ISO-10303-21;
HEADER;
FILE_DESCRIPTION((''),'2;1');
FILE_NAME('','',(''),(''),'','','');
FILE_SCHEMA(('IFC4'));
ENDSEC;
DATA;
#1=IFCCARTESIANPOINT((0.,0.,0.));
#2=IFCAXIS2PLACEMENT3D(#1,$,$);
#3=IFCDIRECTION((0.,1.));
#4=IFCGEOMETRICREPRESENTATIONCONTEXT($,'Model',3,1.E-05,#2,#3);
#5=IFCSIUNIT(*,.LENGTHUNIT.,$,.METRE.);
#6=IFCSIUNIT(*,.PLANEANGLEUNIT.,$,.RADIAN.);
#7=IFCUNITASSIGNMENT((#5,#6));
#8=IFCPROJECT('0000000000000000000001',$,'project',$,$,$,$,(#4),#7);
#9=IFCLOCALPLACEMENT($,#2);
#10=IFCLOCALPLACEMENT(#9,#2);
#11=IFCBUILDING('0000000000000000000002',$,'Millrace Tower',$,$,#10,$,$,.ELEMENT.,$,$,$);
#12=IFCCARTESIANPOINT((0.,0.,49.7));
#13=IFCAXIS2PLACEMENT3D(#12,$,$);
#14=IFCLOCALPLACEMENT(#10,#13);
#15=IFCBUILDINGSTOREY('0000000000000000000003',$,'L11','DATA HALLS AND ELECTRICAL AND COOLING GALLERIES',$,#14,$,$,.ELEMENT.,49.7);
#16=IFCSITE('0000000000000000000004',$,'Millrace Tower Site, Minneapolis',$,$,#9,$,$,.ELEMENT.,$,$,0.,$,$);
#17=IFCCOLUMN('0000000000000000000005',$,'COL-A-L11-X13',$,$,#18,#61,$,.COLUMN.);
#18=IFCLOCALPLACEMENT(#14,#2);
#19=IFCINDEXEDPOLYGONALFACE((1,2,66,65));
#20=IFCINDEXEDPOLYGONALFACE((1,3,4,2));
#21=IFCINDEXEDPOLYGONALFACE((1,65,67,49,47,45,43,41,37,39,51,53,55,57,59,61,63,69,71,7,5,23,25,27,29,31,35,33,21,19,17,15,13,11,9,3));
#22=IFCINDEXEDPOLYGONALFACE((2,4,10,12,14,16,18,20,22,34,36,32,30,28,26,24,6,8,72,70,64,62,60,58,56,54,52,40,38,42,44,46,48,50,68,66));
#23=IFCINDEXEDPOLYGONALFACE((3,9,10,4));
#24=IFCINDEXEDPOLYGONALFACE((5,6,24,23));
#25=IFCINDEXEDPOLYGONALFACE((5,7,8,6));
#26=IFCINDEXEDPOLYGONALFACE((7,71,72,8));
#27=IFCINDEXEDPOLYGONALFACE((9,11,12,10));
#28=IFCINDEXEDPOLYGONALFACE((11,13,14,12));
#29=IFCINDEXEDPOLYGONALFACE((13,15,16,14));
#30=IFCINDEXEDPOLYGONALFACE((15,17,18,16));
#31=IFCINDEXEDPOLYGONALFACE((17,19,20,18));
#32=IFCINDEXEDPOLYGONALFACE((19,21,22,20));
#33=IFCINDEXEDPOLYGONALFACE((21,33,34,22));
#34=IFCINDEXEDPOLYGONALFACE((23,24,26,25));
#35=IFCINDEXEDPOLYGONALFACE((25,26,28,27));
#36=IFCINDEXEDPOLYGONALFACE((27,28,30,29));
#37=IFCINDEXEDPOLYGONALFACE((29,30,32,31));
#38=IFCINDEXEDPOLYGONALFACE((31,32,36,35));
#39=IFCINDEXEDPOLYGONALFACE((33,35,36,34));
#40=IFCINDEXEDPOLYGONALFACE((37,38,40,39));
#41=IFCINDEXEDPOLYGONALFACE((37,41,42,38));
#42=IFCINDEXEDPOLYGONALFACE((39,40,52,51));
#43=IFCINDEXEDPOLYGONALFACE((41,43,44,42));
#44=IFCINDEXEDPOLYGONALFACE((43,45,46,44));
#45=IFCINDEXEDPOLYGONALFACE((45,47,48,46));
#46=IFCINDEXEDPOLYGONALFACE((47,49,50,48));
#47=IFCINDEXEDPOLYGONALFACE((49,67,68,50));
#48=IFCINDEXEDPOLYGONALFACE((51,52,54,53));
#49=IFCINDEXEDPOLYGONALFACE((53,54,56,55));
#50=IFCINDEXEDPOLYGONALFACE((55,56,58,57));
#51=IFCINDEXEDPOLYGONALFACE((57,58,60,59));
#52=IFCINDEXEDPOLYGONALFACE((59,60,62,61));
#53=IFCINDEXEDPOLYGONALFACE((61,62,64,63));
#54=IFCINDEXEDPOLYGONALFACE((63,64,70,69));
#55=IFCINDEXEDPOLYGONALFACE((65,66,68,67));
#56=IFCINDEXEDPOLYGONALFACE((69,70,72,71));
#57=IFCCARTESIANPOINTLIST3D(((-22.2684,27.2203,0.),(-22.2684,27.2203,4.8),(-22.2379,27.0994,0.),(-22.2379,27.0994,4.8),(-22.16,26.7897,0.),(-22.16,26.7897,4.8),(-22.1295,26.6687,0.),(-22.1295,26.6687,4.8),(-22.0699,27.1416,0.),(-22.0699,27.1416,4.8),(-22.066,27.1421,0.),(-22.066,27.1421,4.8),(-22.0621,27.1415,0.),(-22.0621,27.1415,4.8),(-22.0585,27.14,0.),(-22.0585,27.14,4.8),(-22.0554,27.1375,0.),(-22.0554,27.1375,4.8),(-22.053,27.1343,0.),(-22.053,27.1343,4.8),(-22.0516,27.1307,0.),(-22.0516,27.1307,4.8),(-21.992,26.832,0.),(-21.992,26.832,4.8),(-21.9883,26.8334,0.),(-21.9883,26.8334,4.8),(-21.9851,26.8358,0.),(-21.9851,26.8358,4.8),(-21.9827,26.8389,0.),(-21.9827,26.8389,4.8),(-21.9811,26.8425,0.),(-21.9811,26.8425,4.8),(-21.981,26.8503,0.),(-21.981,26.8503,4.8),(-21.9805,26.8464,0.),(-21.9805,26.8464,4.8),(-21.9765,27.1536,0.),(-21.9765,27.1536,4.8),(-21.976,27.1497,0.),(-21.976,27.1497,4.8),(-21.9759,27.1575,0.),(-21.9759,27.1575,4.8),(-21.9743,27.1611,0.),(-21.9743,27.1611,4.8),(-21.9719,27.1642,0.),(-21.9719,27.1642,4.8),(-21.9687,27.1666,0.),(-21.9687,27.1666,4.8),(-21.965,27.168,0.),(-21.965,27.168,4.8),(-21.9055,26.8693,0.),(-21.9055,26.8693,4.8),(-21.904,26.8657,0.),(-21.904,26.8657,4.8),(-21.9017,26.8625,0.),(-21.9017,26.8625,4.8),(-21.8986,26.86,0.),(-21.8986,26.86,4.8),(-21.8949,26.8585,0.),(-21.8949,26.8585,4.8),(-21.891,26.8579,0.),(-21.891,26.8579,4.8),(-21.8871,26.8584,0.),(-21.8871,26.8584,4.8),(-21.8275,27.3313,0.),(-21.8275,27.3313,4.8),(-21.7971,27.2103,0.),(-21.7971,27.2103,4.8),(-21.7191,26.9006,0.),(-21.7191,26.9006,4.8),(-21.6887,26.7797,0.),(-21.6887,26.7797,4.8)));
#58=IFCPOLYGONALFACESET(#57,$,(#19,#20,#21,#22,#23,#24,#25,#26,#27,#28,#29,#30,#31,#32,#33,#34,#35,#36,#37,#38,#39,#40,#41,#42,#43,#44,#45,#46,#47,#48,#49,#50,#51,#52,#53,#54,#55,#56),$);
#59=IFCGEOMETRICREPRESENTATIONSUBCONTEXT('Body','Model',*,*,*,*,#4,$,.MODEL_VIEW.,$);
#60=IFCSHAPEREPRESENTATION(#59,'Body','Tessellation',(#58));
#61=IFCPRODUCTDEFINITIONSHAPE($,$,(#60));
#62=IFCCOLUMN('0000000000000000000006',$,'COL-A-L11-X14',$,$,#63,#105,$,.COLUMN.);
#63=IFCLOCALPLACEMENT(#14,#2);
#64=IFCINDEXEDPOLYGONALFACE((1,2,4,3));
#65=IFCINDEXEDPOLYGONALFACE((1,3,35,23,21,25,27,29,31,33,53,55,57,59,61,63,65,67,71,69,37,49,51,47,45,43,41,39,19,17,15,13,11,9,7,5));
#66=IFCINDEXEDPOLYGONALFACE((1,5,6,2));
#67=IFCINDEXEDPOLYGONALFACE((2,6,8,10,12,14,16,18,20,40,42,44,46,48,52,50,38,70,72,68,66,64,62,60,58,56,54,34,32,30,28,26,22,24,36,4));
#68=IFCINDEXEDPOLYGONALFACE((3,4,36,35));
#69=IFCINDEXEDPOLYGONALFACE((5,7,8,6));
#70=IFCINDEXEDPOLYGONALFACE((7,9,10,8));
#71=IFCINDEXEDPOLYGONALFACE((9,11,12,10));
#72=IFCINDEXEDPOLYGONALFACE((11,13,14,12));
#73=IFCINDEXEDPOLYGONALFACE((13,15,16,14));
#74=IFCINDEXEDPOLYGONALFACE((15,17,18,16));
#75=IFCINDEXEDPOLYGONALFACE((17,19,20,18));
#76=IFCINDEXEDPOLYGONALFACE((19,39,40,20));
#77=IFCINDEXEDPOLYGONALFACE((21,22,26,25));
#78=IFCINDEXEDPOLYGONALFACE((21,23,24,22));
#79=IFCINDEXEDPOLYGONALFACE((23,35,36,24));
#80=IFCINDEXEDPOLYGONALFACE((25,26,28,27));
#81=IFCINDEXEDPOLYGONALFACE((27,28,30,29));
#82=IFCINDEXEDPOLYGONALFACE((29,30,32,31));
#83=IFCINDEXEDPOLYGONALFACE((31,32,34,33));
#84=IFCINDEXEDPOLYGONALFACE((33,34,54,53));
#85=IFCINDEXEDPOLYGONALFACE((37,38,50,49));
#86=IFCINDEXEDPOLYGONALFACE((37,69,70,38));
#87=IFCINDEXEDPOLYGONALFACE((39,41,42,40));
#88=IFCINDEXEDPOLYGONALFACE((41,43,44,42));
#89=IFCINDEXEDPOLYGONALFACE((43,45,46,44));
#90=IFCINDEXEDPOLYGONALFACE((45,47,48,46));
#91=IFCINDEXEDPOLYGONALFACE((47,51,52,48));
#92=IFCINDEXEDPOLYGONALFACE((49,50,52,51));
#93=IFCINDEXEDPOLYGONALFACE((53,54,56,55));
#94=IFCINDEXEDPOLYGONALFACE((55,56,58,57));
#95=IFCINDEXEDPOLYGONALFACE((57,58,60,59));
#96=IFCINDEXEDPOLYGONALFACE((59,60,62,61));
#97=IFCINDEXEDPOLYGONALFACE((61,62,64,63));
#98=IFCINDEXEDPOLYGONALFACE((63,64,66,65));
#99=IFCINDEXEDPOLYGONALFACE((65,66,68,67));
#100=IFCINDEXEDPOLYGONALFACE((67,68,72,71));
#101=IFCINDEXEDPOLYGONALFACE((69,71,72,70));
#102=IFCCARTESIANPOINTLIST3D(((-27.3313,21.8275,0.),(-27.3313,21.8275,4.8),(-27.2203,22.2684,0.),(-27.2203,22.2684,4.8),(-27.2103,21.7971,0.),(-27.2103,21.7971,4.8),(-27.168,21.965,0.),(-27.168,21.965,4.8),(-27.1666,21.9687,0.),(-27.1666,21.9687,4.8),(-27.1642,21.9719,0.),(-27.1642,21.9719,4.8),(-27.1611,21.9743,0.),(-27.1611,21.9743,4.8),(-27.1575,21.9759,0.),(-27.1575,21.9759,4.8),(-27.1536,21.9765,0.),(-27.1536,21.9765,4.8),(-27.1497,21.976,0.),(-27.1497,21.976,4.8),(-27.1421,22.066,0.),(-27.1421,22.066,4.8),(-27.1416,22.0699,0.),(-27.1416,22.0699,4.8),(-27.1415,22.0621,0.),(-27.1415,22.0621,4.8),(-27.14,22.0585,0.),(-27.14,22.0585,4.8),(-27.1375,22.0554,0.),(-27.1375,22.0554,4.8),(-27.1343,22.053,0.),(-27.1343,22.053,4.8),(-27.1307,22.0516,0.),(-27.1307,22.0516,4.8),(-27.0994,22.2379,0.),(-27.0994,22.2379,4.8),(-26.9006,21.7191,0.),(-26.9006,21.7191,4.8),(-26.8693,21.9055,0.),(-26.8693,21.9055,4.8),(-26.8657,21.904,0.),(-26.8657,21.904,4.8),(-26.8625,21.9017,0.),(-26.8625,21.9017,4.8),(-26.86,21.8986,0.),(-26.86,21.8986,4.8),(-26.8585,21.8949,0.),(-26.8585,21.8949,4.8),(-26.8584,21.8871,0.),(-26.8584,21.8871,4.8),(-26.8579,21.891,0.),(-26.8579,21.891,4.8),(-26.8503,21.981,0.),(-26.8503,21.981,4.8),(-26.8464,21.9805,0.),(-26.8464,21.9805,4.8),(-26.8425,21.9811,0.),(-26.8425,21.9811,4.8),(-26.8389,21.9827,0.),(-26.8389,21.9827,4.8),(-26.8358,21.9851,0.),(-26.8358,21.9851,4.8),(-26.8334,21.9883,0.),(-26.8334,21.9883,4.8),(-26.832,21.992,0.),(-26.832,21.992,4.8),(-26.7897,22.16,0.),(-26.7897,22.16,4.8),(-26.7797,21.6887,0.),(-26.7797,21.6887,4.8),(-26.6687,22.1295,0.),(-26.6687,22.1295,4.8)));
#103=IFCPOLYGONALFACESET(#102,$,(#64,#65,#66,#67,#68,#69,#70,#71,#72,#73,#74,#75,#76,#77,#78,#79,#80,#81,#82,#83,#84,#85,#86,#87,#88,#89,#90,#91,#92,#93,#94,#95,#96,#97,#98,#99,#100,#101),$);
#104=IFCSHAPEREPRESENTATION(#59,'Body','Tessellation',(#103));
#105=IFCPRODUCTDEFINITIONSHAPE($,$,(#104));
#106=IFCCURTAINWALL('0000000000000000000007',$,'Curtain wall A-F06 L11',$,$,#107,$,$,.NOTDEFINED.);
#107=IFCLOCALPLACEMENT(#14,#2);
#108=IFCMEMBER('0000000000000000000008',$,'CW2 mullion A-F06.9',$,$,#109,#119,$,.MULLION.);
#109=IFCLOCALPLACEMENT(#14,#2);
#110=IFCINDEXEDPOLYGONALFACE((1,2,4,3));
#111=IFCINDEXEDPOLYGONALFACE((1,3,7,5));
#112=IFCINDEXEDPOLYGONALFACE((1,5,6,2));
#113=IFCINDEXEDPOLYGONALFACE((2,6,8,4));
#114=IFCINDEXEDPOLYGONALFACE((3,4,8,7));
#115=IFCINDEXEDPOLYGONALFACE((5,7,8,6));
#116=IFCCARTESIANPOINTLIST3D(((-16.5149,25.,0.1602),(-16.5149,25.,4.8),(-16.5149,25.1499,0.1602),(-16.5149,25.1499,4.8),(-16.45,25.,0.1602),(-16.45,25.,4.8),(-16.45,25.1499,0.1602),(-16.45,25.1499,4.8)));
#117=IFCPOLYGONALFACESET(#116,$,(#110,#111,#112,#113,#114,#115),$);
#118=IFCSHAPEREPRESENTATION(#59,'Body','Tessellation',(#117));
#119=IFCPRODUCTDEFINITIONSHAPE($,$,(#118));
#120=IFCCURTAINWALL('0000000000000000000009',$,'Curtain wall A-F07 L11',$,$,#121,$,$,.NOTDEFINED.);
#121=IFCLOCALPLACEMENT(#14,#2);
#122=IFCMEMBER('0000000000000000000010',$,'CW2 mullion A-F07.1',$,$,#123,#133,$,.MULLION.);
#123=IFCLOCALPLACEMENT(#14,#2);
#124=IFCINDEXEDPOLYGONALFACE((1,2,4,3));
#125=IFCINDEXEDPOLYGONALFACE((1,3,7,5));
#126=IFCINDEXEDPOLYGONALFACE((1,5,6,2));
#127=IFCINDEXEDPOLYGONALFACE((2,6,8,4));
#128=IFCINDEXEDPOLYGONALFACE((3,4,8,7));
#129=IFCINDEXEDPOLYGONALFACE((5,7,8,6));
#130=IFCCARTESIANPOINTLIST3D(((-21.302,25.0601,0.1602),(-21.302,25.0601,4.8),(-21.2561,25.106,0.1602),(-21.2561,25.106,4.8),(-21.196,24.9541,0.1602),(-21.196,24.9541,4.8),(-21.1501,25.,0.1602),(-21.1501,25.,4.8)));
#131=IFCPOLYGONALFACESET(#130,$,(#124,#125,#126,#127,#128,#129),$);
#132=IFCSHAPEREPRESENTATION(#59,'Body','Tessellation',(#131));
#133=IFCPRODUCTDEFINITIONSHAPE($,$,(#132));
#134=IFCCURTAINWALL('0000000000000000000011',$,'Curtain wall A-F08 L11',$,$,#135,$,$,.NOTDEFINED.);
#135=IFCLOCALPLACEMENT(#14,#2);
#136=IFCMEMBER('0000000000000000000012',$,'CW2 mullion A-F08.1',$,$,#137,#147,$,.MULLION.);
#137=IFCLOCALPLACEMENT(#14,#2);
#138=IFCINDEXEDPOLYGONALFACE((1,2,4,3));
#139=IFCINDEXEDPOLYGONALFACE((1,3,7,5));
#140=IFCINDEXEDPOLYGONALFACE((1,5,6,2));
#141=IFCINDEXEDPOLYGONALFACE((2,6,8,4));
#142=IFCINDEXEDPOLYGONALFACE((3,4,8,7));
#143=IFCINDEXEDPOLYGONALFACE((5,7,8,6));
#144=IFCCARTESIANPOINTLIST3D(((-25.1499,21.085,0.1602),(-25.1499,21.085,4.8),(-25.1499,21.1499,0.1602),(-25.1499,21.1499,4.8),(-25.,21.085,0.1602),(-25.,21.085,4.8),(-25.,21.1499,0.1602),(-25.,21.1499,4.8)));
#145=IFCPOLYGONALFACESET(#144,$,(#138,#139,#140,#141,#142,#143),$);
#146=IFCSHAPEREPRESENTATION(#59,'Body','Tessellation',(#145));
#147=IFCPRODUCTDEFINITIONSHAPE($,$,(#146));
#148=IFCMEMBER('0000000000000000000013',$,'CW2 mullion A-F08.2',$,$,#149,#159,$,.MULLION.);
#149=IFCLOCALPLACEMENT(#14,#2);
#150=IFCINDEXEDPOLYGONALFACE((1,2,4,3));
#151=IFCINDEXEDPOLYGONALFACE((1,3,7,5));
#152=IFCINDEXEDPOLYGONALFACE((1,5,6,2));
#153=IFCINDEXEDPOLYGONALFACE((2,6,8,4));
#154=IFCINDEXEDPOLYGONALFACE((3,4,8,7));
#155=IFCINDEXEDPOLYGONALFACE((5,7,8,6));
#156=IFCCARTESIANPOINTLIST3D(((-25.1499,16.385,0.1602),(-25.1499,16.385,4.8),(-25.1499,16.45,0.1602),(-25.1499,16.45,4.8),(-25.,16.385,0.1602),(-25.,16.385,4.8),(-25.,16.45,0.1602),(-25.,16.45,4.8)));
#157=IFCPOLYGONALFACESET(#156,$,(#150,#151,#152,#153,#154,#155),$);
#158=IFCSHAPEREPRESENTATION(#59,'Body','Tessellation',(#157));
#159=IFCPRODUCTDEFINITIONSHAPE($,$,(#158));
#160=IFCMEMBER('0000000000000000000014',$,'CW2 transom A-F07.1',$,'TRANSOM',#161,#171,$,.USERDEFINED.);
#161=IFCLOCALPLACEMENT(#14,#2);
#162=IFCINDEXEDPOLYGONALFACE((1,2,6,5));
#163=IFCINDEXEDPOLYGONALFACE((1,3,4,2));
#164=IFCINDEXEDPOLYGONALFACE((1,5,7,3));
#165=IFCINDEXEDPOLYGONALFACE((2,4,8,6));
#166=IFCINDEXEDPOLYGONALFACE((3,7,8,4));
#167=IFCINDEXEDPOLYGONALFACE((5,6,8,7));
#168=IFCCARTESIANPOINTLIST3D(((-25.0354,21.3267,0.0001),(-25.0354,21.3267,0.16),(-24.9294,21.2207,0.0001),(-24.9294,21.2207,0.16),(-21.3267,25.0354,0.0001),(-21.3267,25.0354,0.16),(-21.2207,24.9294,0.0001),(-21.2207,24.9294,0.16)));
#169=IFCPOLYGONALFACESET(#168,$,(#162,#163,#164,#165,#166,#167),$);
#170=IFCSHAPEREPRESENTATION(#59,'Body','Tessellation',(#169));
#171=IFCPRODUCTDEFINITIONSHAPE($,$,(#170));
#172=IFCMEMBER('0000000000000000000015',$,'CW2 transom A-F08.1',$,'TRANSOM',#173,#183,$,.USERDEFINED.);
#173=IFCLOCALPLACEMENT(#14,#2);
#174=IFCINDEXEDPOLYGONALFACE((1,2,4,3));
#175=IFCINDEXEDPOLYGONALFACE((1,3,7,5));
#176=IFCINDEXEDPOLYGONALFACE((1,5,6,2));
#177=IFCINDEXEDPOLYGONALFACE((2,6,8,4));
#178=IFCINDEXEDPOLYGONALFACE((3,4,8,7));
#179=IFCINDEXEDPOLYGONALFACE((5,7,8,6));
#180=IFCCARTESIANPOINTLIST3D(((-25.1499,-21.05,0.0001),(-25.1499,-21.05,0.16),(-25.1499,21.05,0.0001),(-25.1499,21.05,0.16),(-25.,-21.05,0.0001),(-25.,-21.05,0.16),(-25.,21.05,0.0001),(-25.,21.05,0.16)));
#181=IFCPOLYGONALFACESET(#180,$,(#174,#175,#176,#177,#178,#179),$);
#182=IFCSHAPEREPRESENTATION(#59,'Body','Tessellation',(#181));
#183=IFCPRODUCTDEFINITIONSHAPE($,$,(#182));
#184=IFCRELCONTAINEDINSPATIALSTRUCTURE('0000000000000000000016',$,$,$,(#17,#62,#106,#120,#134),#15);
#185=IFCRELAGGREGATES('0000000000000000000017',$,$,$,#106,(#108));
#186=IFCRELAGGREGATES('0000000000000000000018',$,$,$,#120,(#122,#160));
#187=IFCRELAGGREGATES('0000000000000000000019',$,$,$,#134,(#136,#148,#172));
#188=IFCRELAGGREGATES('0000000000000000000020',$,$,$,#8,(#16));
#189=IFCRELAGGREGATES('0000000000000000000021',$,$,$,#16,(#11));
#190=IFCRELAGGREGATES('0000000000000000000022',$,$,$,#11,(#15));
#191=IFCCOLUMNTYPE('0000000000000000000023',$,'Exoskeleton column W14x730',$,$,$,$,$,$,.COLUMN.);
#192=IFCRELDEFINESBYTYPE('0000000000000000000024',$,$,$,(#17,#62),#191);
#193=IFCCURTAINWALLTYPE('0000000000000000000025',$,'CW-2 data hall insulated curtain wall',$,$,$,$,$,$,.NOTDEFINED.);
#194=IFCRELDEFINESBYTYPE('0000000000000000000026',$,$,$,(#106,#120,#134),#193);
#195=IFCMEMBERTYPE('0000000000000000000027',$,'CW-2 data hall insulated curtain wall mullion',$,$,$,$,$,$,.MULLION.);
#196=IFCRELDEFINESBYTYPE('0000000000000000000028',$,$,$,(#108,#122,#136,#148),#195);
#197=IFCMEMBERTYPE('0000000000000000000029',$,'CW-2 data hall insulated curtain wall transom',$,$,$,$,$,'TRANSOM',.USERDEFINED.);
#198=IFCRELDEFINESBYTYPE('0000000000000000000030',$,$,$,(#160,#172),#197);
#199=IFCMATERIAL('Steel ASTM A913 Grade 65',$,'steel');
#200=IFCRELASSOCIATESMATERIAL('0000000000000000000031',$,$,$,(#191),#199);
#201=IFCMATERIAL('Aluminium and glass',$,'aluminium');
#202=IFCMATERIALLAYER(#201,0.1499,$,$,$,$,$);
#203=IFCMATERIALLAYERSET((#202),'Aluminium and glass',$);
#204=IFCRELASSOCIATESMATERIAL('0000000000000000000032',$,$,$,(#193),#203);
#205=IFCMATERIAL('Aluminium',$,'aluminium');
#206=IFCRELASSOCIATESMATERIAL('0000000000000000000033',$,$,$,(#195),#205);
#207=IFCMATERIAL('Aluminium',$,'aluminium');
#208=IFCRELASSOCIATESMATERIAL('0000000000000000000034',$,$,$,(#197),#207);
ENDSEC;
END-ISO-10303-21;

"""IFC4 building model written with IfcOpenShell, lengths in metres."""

from ifc_helpers import new_model, si_unit, direction, frame, origin, origin_2d, place, context, subcontext, project, spatial, rectangle, i_section, extrude, material, layer, layer_set, material_profile, profile_set, type_object, element, aggregate, save


model = new_model("IFC4")

# Units and contexts
model_context = context("Model", 3, precision=1e-05, world=origin(), true_north=direction((0.0, 1.0)))
body_context = subcontext(model_context, "Body", "Model", "MODEL_VIEW")
ifc_project = project(units=[si_unit("LENGTHUNIT", "METRE"), si_unit("PLANEANGLEUNIT", "RADIAN")], contexts=[model_context])

# Site, building, storey
site_placement = place(None, origin())
site = spatial("IfcSite", under=ifc_project, at=site_placement, Name="Millrace Tower Site, Minneapolis", CompositionType="ELEMENT", RefElevation=0.0)
building_placement = place(site_placement, origin())
building = spatial("IfcBuilding", under=site, at=building_placement, Name="Millrace Tower", CompositionType="ELEMENT")
storey_placement = place(building_placement, frame((0.0, 0.0, 49.7)))
storey = spatial("IfcBuildingStorey", under=building, at=storey_placement, Name="L11", Description="DATA HALLS AND ELECTRICAL AND COOLING GALLERIES", CompositionType="ELEMENT", Elevation=49.7)

# Columns
ifc_material_1 = material(Name="Steel ASTM A913 Grade 65", Category="steel")
ifc_material_profile_1 = material_profile(ifc_material_1, i_section(OverallWidth=0.4546, OverallDepth=0.5688, WebThickness=0.0779, FlangeThickness=0.1248, FilletRadius=0.0151, at=origin_2d()))
ifc_profile_set_1 = profile_set([ifc_material_profile_1], Name="Steel ASTM A913 Grade 65")
column_type = type_object("IfcColumnType", Name="Exoskeleton column W14x730", PredefinedType="COLUMN", material=ifc_profile_set_1)
for number, where, z_axis, x_axis, name in (
    (1, (-21.9785, 27.0, 0.0), (0.0, 0.0, 1.0), (-0.969752, -0.244094, 0.0), "COL-A-L11-X13"),
    (2, (-27.0, 21.9785, 0.0), (0.0, 0.0, 1.0), (-0.244094, -0.969752, 0.0), "COL-A-L11-X14"),
):
    element("IfcColumn", number, at=place(storey_placement, frame(where, z_axis=z_axis, x_axis=x_axis)), inside=storey, type_object=column_type, Name=name, PredefinedType="COLUMN", context=body_context, shape_type="SweptSolid", body=[
        extrude(i_section(OverallWidth=0.4546, OverallDepth=0.5688, WebThickness=0.0779, FlangeThickness=0.1248, FilletRadius=0.0151, at=origin_2d()), origin(), (0.0, 0.0, 1.0), 4.8),
    ])

# Curtain walls, members
ifc_material_2 = material(Name="Aluminium and glass", Category="aluminium")
ifc_layer_1 = layer(ifc_material_2, 0.1499)
ifc_layer_set_1 = layer_set([ifc_layer_1], Name="Aluminium and glass")
curtain_wall_type = type_object("IfcCurtainWallType", Name="CW-2 data hall insulated curtain wall", PredefinedType="NOTDEFINED", material=ifc_layer_set_1)
placement = place(storey_placement, origin())
curtain_wall_1 = element("IfcCurtainWall", 3, at=placement, inside=storey, type_object=curtain_wall_type, Name="Curtain wall A-F06 L11", PredefinedType="NOTDEFINED")
ifc_material_3 = material(Name="Aluminium", Category="aluminium")
ifc_material_profile_2 = material_profile(ifc_material_3, rectangle(XDim=0.0649, YDim=0.1499, at=origin_2d()))
ifc_profile_set_2 = profile_set([ifc_material_profile_2], Name="Aluminium")
member_type_1 = type_object("IfcMemberType", Name="CW-2 data hall insulated curtain wall mullion", PredefinedType="MULLION", material=ifc_profile_set_2)
member_1_placement = place(storey_placement, frame((-16.4824, 25.075, 0.1602), z_axis=(0.0, 0.0, 1.0), x_axis=(-1.0, 0.0, 0.0)))
member_1 = element("IfcMember", 4, at=member_1_placement, type_object=member_type_1, Name="CW2 mullion A-F06.9", PredefinedType="MULLION", context=body_context, shape_type="SweptSolid", body=[
    extrude(rectangle(XDim=0.0649, YDim=0.1499, at=origin_2d()), origin(), (0.0, 0.0, 1.0), 4.6399),
])
aggregate(curtain_wall_1, [member_1])
curtain_wall_2 = element("IfcCurtainWall", 5, at=placement, inside=storey, type_object=curtain_wall_type, Name="Curtain wall A-F07 L11", PredefinedType="NOTDEFINED")
member_2_placement = place(storey_placement, frame((-21.2261, 25.03, 0.1602), z_axis=(0.0, 0.0, 1.0), x_axis=(-0.707107, -0.707107, 0.0)))
member_2 = element("IfcMember", 6, at=member_2_placement, type_object=member_type_1, Name="CW2 mullion A-F07.1", PredefinedType="MULLION", context=body_context, shape_type="SweptSolid", body=[
    extrude(rectangle(XDim=0.0649, YDim=0.1499, at=origin_2d()), origin(), (0.0, 0.0, 1.0), 4.6399),
])

# Curtain wall, members
curtain_wall_3 = element("IfcCurtainWall", 7, at=placement, inside=storey, type_object=curtain_wall_type, Name="Curtain wall A-F08 L11", PredefinedType="NOTDEFINED")
member_3_placement = place(storey_placement, frame((-25.075, 21.1174, 0.1602), z_axis=(0.0, 0.0, 1.0), x_axis=(0.0, -1.0, 0.0)))
member_3 = element("IfcMember", 8, at=member_3_placement, type_object=member_type_1, Name="CW2 mullion A-F08.1", PredefinedType="MULLION", context=body_context, shape_type="SweptSolid", body=[
    extrude(rectangle(XDim=0.0649, YDim=0.1499, at=origin_2d()), origin(), (0.0, 0.0, 1.0), 4.6399),
])
member_4_placement = place(storey_placement, frame((-25.075, 16.4175, 0.1602), z_axis=(0.0, 0.0, 1.0), x_axis=(0.0, -1.0, 0.0)))
member_4 = element("IfcMember", 9, at=member_4_placement, type_object=member_type_1, Name="CW2 mullion A-F08.2", PredefinedType="MULLION", context=body_context, shape_type="SweptSolid", body=[
    extrude(rectangle(XDim=0.0649, YDim=0.1499, at=origin_2d()), origin(), (0.0, 0.0, 1.0), 4.6399),
])

# Members
ifc_material_4 = material(Name="Aluminium", Category="aluminium")
ifc_material_profile_3 = material_profile(ifc_material_4, rectangle(XDim=0.1499, YDim=0.1599, at=origin_2d()))
ifc_profile_set_3 = profile_set([ifc_material_profile_3], Name="Aluminium")
member_type_2 = type_object("IfcMemberType", Name="CW-2 data hall insulated curtain wall transom", ElementType="TRANSOM", PredefinedType="USERDEFINED", material=ifc_profile_set_3)
member_5_placement = place(storey_placement, frame((-21.2737, 24.9824, 0.0801), z_axis=(-0.707107, -0.707107, 0.0), x_axis=(0.707107, -0.707107, 0.0)))
member_5 = element("IfcMember", 10, at=member_5_placement, type_object=member_type_2, Name="CW2 transom A-F07.1", ObjectType="TRANSOM", PredefinedType="USERDEFINED", context=body_context, shape_type="SweptSolid", body=[
    extrude(rectangle(XDim=0.1499, YDim=0.1599, at=origin_2d()), origin(), (0.0, 0.0, 1.0), 5.2449),
])
aggregate(curtain_wall_2, [member_2, member_5])
member_6_placement = place(storey_placement, frame((-25.075, 21.05, 0.0801), z_axis=(0.0, -1.0, 0.0), x_axis=(1.0, 0.0, 0.0)))
member_6 = element("IfcMember", 11, at=member_6_placement, type_object=member_type_2, Name="CW2 transom A-F08.1", ObjectType="TRANSOM", PredefinedType="USERDEFINED", context=body_context, shape_type="SweptSolid", body=[
    extrude(rectangle(XDim=0.1499, YDim=0.1599, at=origin_2d()), origin(), (0.0, 0.0, 1.0), 42.1001),
])
aggregate(curtain_wall_3, [member_3, member_4, member_6])

save(model, "model.ifc")
